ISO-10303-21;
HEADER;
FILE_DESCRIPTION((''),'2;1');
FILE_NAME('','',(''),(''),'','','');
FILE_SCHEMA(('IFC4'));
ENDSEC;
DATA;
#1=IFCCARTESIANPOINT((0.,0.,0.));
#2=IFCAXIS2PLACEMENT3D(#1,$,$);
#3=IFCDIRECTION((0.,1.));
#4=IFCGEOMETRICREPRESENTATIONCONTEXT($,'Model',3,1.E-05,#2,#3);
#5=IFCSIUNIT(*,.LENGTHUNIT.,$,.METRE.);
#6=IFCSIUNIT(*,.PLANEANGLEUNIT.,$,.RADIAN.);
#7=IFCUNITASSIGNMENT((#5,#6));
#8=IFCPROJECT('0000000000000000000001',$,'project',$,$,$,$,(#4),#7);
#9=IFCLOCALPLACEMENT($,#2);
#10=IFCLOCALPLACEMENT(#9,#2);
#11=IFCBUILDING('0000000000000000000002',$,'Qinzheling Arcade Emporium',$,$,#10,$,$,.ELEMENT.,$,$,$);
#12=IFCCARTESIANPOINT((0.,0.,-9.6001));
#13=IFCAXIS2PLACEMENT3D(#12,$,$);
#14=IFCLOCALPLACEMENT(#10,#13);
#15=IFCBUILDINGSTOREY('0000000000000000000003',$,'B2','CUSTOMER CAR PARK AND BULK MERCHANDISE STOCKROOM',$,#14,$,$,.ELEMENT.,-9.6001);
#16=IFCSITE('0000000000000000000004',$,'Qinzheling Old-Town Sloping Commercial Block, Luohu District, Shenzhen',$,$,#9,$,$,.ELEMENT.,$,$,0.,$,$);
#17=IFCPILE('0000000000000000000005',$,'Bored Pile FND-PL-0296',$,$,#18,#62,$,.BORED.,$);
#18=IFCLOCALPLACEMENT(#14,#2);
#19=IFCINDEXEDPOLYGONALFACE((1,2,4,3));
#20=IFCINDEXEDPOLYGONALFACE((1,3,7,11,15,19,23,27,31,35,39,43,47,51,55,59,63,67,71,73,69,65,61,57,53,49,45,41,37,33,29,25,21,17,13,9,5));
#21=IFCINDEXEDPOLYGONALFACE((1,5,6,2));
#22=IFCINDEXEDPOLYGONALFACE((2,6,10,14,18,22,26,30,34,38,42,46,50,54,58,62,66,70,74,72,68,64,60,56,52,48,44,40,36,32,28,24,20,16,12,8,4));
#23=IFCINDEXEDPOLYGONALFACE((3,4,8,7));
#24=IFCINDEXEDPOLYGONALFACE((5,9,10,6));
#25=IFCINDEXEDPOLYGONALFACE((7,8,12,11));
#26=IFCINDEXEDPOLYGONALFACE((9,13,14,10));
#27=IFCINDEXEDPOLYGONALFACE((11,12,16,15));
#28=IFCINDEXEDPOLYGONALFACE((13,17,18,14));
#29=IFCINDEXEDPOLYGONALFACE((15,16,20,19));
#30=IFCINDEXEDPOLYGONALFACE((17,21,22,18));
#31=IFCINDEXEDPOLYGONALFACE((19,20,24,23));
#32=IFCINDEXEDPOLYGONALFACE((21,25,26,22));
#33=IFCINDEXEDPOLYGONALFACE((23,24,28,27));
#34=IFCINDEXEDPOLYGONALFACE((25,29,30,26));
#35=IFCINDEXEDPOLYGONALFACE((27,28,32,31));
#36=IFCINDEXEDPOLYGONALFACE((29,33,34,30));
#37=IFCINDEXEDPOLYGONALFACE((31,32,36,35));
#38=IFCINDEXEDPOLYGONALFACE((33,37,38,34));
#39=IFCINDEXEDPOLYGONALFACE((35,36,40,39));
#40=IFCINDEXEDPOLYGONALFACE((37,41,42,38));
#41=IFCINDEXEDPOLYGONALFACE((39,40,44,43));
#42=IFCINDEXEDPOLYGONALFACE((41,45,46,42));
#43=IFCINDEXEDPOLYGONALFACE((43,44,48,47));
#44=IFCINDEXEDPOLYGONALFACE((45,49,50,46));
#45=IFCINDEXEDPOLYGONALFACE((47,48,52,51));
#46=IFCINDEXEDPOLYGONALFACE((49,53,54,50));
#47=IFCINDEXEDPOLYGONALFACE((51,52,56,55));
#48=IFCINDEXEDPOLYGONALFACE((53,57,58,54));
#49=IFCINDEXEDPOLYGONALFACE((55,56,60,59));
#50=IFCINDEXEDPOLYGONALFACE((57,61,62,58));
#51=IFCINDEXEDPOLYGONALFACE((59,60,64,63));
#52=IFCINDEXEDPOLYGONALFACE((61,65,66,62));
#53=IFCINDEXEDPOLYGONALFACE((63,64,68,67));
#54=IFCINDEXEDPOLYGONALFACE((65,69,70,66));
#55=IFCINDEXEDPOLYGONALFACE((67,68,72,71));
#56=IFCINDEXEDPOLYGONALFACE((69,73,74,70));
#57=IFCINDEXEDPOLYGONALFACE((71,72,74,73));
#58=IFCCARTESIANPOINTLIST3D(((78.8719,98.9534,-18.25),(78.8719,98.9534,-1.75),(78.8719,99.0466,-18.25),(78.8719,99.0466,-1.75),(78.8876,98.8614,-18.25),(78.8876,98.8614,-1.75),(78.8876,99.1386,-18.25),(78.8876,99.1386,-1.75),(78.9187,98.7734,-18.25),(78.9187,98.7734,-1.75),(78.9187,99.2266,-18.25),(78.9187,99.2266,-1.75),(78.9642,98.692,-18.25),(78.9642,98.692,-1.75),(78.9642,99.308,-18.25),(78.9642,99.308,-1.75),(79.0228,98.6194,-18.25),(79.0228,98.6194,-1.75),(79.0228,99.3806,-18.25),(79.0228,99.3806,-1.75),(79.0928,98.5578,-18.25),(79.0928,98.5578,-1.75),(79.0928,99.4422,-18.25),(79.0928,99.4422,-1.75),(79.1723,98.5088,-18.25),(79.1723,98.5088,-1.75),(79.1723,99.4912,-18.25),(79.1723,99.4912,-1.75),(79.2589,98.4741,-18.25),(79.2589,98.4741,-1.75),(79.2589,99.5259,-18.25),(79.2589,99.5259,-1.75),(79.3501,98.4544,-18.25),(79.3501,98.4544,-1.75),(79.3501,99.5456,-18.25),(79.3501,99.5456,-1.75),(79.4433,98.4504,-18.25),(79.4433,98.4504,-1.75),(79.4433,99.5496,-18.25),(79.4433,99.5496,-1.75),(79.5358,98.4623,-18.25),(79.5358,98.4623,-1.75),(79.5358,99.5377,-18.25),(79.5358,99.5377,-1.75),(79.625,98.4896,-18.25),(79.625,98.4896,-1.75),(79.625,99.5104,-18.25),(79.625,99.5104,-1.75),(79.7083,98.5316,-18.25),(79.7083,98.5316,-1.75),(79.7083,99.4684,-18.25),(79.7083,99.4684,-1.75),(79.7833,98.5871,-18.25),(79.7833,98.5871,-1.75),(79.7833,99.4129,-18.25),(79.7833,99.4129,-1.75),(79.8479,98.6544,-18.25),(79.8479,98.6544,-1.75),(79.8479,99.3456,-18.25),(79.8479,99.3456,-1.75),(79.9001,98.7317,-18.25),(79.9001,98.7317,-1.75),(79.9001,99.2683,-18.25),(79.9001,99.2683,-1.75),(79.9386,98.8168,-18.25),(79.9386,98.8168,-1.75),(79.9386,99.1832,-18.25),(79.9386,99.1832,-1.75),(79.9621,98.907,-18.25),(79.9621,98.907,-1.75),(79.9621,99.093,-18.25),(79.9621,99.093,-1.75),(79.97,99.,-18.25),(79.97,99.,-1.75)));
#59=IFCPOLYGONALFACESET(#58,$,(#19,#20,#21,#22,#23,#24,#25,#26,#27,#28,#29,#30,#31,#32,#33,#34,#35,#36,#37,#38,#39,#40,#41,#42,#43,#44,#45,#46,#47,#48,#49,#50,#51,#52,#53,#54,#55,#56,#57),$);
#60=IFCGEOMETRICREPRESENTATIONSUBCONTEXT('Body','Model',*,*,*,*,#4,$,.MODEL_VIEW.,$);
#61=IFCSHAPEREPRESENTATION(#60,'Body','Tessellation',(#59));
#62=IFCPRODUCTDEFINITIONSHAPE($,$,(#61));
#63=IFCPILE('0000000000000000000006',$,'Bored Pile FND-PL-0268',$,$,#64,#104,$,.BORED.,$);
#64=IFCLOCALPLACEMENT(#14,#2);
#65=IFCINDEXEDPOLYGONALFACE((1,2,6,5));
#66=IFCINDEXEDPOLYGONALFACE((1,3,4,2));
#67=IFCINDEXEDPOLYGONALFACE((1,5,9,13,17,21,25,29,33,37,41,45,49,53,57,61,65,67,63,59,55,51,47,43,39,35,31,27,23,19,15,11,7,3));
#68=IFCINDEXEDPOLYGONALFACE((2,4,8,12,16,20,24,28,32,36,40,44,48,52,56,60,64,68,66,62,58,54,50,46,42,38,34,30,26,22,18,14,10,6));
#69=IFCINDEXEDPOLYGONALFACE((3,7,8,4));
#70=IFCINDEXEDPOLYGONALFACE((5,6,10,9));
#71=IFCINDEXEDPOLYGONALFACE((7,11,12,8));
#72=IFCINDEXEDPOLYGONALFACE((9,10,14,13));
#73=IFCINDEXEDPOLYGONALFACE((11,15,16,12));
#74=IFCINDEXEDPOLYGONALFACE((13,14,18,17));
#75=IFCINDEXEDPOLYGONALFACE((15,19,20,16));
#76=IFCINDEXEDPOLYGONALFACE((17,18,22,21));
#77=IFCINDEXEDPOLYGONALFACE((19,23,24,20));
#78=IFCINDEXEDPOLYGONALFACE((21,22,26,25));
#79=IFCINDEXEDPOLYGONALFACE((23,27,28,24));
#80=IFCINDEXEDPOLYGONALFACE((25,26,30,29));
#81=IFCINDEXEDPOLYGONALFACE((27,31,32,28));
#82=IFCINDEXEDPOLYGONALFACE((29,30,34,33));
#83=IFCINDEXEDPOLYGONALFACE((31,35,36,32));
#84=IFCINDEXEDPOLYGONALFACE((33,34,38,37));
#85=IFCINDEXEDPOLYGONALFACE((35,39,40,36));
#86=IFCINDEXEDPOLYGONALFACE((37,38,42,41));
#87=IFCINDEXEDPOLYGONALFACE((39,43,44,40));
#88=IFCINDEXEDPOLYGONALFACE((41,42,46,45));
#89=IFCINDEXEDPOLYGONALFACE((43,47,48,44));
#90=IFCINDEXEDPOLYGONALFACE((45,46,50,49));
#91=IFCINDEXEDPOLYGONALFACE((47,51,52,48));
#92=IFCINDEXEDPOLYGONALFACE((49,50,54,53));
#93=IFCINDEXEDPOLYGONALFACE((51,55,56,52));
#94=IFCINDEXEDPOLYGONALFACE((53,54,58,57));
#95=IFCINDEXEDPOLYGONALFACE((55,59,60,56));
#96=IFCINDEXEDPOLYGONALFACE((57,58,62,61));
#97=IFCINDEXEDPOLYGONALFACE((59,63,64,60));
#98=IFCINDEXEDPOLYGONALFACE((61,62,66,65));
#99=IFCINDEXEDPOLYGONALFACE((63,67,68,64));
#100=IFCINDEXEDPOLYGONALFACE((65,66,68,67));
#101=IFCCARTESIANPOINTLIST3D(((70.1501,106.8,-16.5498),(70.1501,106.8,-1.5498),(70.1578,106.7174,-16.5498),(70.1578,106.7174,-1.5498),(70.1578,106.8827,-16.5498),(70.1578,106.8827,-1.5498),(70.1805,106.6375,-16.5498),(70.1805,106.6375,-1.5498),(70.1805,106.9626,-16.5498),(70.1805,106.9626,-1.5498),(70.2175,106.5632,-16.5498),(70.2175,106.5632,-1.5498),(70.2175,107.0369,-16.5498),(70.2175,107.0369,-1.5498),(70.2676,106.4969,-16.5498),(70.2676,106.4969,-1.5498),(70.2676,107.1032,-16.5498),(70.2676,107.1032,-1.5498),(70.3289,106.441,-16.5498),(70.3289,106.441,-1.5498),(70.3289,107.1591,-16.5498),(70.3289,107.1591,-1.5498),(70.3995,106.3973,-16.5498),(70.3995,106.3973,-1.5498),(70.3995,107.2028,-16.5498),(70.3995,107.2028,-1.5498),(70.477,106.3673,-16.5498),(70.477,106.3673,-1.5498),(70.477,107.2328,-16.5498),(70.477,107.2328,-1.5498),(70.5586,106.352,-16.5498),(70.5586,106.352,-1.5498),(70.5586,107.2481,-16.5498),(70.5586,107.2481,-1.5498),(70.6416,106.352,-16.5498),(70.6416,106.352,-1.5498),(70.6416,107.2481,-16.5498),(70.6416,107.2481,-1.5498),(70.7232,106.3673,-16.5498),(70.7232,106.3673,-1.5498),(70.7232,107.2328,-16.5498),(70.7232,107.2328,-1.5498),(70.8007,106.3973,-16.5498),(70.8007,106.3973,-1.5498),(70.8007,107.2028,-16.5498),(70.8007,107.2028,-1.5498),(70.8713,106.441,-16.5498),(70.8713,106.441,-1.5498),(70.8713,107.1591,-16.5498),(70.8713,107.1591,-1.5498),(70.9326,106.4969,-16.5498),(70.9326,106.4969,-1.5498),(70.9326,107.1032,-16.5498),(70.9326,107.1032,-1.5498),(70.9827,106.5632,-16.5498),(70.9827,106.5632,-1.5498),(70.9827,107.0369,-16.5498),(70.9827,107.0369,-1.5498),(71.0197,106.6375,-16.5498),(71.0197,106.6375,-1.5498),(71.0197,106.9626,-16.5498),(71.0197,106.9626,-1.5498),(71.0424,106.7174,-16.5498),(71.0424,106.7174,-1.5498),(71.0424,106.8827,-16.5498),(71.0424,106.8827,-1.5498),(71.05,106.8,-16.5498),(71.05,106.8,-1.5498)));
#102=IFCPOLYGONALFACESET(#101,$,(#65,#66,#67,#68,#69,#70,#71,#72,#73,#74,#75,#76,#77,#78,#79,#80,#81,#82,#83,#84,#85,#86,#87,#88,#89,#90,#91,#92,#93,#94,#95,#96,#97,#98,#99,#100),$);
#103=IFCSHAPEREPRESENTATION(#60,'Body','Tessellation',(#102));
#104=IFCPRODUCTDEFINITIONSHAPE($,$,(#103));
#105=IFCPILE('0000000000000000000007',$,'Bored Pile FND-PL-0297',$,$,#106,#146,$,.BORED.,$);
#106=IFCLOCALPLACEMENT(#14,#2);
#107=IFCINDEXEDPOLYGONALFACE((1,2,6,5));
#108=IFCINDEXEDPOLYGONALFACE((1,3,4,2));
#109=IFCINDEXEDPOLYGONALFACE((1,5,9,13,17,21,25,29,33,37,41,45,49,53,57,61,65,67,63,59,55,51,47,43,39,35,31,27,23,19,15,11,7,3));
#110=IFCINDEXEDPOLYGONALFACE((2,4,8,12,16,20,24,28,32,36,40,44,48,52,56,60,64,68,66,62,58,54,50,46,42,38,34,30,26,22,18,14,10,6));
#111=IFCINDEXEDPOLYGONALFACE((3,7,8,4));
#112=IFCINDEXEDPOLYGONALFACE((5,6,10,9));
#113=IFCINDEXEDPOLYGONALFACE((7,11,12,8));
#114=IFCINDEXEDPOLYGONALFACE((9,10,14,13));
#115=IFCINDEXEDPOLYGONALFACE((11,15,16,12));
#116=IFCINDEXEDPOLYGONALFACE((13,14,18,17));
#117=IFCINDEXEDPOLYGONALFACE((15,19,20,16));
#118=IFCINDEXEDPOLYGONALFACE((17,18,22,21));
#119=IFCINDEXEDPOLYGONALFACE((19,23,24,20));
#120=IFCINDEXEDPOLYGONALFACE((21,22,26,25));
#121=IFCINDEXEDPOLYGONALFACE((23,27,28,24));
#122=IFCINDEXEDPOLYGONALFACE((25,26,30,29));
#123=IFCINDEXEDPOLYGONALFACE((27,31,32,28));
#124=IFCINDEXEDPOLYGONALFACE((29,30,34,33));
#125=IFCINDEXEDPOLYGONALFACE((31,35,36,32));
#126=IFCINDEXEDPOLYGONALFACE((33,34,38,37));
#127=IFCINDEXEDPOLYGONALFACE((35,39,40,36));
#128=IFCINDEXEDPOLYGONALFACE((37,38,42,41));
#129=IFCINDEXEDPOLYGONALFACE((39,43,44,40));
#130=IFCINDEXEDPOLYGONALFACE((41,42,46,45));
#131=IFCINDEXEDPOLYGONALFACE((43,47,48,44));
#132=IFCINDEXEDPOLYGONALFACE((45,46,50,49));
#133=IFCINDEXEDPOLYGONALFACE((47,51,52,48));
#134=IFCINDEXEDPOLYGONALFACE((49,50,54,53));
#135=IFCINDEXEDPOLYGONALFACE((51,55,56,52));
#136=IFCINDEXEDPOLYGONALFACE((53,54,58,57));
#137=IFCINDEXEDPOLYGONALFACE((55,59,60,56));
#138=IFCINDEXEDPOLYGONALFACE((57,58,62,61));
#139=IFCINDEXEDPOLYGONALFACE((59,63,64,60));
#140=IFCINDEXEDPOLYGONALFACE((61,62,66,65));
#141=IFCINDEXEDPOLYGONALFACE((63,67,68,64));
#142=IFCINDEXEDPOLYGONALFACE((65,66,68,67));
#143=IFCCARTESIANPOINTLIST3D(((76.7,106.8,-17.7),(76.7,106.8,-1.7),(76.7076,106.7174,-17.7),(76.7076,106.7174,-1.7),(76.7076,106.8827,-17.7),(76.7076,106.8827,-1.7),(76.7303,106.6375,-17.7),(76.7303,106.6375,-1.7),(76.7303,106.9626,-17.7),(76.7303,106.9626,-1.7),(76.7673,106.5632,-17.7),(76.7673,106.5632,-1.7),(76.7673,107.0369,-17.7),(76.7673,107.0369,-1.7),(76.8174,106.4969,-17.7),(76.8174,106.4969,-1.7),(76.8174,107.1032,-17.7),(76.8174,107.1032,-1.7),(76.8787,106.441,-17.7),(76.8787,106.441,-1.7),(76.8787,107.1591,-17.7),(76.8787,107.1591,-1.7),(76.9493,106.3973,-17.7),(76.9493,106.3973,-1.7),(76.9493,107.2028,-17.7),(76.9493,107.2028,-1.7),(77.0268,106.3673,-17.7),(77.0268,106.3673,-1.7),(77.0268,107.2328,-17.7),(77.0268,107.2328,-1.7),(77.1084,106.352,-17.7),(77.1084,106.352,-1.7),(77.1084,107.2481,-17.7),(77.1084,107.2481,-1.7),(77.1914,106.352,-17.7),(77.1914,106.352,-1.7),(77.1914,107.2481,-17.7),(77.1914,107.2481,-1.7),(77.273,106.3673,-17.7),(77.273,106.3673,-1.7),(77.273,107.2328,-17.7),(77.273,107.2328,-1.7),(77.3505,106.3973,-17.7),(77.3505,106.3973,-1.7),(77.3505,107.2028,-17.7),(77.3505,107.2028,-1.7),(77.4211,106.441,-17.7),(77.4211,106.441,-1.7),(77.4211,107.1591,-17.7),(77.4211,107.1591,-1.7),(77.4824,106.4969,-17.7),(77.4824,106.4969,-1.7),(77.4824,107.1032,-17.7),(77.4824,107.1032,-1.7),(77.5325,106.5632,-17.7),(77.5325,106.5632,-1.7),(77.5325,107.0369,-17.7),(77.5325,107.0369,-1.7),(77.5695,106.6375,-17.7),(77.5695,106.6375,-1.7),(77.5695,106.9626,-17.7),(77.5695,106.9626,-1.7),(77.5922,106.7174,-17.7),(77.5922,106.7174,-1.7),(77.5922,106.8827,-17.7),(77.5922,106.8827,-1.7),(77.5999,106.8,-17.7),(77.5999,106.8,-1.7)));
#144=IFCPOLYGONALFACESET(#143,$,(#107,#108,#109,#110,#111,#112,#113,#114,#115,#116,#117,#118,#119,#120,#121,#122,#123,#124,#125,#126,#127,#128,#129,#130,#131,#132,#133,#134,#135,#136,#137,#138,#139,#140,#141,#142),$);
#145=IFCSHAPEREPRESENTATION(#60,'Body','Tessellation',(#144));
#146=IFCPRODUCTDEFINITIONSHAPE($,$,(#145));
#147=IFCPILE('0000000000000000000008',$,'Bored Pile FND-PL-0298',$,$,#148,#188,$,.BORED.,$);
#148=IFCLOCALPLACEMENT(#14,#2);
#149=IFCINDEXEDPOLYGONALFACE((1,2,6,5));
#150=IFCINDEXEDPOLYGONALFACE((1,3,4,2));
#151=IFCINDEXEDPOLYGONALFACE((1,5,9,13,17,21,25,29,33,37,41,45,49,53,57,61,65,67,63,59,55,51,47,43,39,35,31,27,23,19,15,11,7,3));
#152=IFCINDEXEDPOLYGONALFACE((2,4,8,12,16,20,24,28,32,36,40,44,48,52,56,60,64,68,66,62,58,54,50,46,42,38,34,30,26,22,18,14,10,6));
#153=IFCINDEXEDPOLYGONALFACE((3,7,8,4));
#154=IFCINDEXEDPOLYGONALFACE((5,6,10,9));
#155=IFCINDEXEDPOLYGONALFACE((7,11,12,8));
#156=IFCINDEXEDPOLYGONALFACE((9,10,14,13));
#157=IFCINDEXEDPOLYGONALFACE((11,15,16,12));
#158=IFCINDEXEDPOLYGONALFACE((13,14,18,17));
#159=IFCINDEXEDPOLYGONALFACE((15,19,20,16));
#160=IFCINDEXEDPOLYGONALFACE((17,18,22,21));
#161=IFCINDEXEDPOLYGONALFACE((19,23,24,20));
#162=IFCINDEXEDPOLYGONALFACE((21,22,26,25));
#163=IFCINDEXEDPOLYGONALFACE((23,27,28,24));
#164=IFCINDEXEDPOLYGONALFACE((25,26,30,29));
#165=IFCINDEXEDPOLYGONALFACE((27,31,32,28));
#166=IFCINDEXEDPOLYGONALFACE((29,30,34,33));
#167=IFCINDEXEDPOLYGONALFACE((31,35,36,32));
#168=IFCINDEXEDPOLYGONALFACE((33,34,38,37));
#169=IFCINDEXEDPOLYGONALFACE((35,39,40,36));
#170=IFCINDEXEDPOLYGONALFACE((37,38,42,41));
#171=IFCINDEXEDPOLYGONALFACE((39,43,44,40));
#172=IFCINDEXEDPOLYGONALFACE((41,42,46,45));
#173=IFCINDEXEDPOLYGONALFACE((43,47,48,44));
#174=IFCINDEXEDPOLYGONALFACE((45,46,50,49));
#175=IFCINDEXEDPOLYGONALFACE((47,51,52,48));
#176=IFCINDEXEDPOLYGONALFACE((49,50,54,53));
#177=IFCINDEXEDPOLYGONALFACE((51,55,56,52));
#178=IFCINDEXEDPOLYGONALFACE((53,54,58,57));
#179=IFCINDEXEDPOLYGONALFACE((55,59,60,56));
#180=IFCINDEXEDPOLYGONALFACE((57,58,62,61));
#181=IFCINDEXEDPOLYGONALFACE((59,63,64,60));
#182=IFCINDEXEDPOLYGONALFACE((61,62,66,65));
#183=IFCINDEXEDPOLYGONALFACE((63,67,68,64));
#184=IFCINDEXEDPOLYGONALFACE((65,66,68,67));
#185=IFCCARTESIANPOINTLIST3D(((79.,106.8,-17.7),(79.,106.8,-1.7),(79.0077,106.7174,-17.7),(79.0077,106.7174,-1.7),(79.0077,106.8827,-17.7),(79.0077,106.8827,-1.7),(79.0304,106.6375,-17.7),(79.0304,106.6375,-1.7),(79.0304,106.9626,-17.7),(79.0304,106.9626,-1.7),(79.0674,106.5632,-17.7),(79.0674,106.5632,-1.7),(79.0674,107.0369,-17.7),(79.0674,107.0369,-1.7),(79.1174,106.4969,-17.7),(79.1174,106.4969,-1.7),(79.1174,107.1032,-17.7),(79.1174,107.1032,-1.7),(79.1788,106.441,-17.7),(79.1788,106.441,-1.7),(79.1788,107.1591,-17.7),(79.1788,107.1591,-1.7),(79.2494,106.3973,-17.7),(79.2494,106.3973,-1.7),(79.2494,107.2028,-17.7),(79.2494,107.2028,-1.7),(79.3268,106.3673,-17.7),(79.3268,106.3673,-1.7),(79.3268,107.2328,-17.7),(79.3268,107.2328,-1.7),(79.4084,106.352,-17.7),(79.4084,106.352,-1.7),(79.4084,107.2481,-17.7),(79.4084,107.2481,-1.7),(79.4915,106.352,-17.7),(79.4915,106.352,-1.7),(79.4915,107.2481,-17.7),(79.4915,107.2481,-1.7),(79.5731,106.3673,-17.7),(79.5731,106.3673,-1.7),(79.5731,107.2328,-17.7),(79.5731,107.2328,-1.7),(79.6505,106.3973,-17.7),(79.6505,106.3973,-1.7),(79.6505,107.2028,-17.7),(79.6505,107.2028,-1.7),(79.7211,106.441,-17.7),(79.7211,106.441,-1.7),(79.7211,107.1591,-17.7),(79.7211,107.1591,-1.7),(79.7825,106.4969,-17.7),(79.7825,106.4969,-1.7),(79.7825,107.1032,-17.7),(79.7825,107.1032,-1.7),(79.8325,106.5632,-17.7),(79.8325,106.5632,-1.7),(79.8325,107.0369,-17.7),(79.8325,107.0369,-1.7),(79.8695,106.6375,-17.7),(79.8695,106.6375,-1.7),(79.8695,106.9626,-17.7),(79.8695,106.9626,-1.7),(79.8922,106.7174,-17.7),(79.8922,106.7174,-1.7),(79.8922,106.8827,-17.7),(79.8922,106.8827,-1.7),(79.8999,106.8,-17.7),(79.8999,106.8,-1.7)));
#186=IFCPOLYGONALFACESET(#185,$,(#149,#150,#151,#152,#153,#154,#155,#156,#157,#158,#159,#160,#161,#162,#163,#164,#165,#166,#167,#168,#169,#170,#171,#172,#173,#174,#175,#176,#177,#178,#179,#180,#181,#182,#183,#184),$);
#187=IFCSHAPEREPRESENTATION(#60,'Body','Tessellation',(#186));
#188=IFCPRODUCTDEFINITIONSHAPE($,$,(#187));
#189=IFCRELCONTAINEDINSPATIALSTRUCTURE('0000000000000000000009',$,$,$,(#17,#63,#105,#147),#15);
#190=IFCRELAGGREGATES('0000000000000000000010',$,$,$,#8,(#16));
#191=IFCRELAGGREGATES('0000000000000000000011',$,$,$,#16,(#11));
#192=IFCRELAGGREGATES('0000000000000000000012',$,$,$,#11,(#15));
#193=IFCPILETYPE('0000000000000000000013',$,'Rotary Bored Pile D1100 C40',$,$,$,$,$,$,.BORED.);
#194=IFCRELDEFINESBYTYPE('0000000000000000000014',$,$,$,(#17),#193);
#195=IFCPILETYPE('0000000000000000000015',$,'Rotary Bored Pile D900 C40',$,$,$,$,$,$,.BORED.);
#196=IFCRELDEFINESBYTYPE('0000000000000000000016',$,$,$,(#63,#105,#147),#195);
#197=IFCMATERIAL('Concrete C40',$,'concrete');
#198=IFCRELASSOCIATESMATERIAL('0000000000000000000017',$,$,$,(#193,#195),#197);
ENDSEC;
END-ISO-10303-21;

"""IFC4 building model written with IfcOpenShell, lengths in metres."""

from ifc_helpers import new_model, si_unit, direction, frame, origin, origin_2d, place, context, subcontext, project, spatial, circle, extrude, material, material_profile, profile_set, type_object, element, save


model = new_model("IFC4")

# Units and contexts
model_context = context("Model", 3, precision=1e-05, world=origin(), true_north=direction((0.0, 1.0)))
body_context = subcontext(model_context, "Body", "Model", "MODEL_VIEW")
ifc_project = project(units=[si_unit("LENGTHUNIT", "METRE"), si_unit("PLANEANGLEUNIT", "RADIAN")], contexts=[model_context])

# Site, building, storey
site_placement = place(None, origin())
site = spatial("IfcSite", under=ifc_project, at=site_placement, Name="Qinzheling Old-Town Sloping Commercial Block, Luohu District, Shenzhen", CompositionType="ELEMENT", RefElevation=0.0)
building_placement = place(site_placement, origin())
building = spatial("IfcBuilding", under=site, at=building_placement, Name="Qinzheling Arcade Emporium", CompositionType="ELEMENT")
storey_placement = place(building_placement, frame((0.0, 0.0, -9.6001)))
storey = spatial("IfcBuildingStorey", under=building, at=storey_placement, Name="B2", Description="CUSTOMER CAR PARK AND BULK MERCHANDISE STOCKROOM", CompositionType="ELEMENT", Elevation=-9.6001)

# Shared definitions
ifc_material_1 = material(Name="Concrete C40", Category="concrete")

# Piles
ifc_material_profile_1 = material_profile(ifc_material_1, circle(Radius=0.55, at=origin_2d()), Name="BORED D1100", Category="concrete")
ifc_profile_set_1 = profile_set([ifc_material_profile_1], Name="Concrete C40")
pile_type_1 = type_object("IfcPileType", Name="Rotary Bored Pile D1100 C40", PredefinedType="BORED", material=ifc_profile_set_1)
for number, where, z_axis, x_axis, name in (
    (1, (79.4199, 99.0, -1.75), (0.0, 0.0, -1.0), (1.0, 0.0, 0.0), "Bored Pile FND-PL-0296"),
):
    element("IfcPile", number, at=place(storey_placement, frame(where, z_axis=z_axis, x_axis=x_axis)), inside=storey, type_object=pile_type_1, Name=name, PredefinedType="BORED", context=body_context, shape_type="SweptSolid", body=[
        extrude(circle(Radius=0.55, at=origin_2d()), origin(), (0.0, 0.0, 1.0), 16.5),
    ])
ifc_material_profile_2 = material_profile(ifc_material_1, circle(Radius=0.45, at=origin_2d()), Name="BORED D900", Category="concrete")
ifc_profile_set_2 = profile_set([ifc_material_profile_2], Name="Concrete C40")
pile_type_2 = type_object("IfcPileType", Name="Rotary Bored Pile D900 C40", PredefinedType="BORED", material=ifc_profile_set_2)
pile_placement = place(storey_placement, frame((70.6001, 106.8, -1.5498), z_axis=(0.0, 0.0, -1.0), x_axis=(1.0, 0.0, 0.0)))
element("IfcPile", 2, at=pile_placement, inside=storey, type_object=pile_type_2, Name="Bored Pile FND-PL-0268", PredefinedType="BORED", context=body_context, shape_type="SweptSolid", body=[
    extrude(circle(Radius=0.45, at=origin_2d()), origin(), (0.0, 0.0, 1.0), 15.0),
])
for number, where, z_axis, x_axis, name in (
    (3, (77.1499, 106.8, -1.7), (0.0, 0.0, -1.0), (1.0, 0.0, 0.0), "Bored Pile FND-PL-0297"),
    (4, (79.45, 106.8, -1.7), (0.0, 0.0, -1.0), (1.0, 0.0, 0.0), "Bored Pile FND-PL-0298"),
):
    element("IfcPile", number, at=place(storey_placement, frame(where, z_axis=z_axis, x_axis=x_axis)), inside=storey, type_object=pile_type_2, Name=name, PredefinedType="BORED", context=body_context, shape_type="SweptSolid", body=[
        extrude(circle(Radius=0.45, at=origin_2d()), origin(), (0.0, 0.0, 1.0), 16.0),
    ])

save(model, "model.ifc")
